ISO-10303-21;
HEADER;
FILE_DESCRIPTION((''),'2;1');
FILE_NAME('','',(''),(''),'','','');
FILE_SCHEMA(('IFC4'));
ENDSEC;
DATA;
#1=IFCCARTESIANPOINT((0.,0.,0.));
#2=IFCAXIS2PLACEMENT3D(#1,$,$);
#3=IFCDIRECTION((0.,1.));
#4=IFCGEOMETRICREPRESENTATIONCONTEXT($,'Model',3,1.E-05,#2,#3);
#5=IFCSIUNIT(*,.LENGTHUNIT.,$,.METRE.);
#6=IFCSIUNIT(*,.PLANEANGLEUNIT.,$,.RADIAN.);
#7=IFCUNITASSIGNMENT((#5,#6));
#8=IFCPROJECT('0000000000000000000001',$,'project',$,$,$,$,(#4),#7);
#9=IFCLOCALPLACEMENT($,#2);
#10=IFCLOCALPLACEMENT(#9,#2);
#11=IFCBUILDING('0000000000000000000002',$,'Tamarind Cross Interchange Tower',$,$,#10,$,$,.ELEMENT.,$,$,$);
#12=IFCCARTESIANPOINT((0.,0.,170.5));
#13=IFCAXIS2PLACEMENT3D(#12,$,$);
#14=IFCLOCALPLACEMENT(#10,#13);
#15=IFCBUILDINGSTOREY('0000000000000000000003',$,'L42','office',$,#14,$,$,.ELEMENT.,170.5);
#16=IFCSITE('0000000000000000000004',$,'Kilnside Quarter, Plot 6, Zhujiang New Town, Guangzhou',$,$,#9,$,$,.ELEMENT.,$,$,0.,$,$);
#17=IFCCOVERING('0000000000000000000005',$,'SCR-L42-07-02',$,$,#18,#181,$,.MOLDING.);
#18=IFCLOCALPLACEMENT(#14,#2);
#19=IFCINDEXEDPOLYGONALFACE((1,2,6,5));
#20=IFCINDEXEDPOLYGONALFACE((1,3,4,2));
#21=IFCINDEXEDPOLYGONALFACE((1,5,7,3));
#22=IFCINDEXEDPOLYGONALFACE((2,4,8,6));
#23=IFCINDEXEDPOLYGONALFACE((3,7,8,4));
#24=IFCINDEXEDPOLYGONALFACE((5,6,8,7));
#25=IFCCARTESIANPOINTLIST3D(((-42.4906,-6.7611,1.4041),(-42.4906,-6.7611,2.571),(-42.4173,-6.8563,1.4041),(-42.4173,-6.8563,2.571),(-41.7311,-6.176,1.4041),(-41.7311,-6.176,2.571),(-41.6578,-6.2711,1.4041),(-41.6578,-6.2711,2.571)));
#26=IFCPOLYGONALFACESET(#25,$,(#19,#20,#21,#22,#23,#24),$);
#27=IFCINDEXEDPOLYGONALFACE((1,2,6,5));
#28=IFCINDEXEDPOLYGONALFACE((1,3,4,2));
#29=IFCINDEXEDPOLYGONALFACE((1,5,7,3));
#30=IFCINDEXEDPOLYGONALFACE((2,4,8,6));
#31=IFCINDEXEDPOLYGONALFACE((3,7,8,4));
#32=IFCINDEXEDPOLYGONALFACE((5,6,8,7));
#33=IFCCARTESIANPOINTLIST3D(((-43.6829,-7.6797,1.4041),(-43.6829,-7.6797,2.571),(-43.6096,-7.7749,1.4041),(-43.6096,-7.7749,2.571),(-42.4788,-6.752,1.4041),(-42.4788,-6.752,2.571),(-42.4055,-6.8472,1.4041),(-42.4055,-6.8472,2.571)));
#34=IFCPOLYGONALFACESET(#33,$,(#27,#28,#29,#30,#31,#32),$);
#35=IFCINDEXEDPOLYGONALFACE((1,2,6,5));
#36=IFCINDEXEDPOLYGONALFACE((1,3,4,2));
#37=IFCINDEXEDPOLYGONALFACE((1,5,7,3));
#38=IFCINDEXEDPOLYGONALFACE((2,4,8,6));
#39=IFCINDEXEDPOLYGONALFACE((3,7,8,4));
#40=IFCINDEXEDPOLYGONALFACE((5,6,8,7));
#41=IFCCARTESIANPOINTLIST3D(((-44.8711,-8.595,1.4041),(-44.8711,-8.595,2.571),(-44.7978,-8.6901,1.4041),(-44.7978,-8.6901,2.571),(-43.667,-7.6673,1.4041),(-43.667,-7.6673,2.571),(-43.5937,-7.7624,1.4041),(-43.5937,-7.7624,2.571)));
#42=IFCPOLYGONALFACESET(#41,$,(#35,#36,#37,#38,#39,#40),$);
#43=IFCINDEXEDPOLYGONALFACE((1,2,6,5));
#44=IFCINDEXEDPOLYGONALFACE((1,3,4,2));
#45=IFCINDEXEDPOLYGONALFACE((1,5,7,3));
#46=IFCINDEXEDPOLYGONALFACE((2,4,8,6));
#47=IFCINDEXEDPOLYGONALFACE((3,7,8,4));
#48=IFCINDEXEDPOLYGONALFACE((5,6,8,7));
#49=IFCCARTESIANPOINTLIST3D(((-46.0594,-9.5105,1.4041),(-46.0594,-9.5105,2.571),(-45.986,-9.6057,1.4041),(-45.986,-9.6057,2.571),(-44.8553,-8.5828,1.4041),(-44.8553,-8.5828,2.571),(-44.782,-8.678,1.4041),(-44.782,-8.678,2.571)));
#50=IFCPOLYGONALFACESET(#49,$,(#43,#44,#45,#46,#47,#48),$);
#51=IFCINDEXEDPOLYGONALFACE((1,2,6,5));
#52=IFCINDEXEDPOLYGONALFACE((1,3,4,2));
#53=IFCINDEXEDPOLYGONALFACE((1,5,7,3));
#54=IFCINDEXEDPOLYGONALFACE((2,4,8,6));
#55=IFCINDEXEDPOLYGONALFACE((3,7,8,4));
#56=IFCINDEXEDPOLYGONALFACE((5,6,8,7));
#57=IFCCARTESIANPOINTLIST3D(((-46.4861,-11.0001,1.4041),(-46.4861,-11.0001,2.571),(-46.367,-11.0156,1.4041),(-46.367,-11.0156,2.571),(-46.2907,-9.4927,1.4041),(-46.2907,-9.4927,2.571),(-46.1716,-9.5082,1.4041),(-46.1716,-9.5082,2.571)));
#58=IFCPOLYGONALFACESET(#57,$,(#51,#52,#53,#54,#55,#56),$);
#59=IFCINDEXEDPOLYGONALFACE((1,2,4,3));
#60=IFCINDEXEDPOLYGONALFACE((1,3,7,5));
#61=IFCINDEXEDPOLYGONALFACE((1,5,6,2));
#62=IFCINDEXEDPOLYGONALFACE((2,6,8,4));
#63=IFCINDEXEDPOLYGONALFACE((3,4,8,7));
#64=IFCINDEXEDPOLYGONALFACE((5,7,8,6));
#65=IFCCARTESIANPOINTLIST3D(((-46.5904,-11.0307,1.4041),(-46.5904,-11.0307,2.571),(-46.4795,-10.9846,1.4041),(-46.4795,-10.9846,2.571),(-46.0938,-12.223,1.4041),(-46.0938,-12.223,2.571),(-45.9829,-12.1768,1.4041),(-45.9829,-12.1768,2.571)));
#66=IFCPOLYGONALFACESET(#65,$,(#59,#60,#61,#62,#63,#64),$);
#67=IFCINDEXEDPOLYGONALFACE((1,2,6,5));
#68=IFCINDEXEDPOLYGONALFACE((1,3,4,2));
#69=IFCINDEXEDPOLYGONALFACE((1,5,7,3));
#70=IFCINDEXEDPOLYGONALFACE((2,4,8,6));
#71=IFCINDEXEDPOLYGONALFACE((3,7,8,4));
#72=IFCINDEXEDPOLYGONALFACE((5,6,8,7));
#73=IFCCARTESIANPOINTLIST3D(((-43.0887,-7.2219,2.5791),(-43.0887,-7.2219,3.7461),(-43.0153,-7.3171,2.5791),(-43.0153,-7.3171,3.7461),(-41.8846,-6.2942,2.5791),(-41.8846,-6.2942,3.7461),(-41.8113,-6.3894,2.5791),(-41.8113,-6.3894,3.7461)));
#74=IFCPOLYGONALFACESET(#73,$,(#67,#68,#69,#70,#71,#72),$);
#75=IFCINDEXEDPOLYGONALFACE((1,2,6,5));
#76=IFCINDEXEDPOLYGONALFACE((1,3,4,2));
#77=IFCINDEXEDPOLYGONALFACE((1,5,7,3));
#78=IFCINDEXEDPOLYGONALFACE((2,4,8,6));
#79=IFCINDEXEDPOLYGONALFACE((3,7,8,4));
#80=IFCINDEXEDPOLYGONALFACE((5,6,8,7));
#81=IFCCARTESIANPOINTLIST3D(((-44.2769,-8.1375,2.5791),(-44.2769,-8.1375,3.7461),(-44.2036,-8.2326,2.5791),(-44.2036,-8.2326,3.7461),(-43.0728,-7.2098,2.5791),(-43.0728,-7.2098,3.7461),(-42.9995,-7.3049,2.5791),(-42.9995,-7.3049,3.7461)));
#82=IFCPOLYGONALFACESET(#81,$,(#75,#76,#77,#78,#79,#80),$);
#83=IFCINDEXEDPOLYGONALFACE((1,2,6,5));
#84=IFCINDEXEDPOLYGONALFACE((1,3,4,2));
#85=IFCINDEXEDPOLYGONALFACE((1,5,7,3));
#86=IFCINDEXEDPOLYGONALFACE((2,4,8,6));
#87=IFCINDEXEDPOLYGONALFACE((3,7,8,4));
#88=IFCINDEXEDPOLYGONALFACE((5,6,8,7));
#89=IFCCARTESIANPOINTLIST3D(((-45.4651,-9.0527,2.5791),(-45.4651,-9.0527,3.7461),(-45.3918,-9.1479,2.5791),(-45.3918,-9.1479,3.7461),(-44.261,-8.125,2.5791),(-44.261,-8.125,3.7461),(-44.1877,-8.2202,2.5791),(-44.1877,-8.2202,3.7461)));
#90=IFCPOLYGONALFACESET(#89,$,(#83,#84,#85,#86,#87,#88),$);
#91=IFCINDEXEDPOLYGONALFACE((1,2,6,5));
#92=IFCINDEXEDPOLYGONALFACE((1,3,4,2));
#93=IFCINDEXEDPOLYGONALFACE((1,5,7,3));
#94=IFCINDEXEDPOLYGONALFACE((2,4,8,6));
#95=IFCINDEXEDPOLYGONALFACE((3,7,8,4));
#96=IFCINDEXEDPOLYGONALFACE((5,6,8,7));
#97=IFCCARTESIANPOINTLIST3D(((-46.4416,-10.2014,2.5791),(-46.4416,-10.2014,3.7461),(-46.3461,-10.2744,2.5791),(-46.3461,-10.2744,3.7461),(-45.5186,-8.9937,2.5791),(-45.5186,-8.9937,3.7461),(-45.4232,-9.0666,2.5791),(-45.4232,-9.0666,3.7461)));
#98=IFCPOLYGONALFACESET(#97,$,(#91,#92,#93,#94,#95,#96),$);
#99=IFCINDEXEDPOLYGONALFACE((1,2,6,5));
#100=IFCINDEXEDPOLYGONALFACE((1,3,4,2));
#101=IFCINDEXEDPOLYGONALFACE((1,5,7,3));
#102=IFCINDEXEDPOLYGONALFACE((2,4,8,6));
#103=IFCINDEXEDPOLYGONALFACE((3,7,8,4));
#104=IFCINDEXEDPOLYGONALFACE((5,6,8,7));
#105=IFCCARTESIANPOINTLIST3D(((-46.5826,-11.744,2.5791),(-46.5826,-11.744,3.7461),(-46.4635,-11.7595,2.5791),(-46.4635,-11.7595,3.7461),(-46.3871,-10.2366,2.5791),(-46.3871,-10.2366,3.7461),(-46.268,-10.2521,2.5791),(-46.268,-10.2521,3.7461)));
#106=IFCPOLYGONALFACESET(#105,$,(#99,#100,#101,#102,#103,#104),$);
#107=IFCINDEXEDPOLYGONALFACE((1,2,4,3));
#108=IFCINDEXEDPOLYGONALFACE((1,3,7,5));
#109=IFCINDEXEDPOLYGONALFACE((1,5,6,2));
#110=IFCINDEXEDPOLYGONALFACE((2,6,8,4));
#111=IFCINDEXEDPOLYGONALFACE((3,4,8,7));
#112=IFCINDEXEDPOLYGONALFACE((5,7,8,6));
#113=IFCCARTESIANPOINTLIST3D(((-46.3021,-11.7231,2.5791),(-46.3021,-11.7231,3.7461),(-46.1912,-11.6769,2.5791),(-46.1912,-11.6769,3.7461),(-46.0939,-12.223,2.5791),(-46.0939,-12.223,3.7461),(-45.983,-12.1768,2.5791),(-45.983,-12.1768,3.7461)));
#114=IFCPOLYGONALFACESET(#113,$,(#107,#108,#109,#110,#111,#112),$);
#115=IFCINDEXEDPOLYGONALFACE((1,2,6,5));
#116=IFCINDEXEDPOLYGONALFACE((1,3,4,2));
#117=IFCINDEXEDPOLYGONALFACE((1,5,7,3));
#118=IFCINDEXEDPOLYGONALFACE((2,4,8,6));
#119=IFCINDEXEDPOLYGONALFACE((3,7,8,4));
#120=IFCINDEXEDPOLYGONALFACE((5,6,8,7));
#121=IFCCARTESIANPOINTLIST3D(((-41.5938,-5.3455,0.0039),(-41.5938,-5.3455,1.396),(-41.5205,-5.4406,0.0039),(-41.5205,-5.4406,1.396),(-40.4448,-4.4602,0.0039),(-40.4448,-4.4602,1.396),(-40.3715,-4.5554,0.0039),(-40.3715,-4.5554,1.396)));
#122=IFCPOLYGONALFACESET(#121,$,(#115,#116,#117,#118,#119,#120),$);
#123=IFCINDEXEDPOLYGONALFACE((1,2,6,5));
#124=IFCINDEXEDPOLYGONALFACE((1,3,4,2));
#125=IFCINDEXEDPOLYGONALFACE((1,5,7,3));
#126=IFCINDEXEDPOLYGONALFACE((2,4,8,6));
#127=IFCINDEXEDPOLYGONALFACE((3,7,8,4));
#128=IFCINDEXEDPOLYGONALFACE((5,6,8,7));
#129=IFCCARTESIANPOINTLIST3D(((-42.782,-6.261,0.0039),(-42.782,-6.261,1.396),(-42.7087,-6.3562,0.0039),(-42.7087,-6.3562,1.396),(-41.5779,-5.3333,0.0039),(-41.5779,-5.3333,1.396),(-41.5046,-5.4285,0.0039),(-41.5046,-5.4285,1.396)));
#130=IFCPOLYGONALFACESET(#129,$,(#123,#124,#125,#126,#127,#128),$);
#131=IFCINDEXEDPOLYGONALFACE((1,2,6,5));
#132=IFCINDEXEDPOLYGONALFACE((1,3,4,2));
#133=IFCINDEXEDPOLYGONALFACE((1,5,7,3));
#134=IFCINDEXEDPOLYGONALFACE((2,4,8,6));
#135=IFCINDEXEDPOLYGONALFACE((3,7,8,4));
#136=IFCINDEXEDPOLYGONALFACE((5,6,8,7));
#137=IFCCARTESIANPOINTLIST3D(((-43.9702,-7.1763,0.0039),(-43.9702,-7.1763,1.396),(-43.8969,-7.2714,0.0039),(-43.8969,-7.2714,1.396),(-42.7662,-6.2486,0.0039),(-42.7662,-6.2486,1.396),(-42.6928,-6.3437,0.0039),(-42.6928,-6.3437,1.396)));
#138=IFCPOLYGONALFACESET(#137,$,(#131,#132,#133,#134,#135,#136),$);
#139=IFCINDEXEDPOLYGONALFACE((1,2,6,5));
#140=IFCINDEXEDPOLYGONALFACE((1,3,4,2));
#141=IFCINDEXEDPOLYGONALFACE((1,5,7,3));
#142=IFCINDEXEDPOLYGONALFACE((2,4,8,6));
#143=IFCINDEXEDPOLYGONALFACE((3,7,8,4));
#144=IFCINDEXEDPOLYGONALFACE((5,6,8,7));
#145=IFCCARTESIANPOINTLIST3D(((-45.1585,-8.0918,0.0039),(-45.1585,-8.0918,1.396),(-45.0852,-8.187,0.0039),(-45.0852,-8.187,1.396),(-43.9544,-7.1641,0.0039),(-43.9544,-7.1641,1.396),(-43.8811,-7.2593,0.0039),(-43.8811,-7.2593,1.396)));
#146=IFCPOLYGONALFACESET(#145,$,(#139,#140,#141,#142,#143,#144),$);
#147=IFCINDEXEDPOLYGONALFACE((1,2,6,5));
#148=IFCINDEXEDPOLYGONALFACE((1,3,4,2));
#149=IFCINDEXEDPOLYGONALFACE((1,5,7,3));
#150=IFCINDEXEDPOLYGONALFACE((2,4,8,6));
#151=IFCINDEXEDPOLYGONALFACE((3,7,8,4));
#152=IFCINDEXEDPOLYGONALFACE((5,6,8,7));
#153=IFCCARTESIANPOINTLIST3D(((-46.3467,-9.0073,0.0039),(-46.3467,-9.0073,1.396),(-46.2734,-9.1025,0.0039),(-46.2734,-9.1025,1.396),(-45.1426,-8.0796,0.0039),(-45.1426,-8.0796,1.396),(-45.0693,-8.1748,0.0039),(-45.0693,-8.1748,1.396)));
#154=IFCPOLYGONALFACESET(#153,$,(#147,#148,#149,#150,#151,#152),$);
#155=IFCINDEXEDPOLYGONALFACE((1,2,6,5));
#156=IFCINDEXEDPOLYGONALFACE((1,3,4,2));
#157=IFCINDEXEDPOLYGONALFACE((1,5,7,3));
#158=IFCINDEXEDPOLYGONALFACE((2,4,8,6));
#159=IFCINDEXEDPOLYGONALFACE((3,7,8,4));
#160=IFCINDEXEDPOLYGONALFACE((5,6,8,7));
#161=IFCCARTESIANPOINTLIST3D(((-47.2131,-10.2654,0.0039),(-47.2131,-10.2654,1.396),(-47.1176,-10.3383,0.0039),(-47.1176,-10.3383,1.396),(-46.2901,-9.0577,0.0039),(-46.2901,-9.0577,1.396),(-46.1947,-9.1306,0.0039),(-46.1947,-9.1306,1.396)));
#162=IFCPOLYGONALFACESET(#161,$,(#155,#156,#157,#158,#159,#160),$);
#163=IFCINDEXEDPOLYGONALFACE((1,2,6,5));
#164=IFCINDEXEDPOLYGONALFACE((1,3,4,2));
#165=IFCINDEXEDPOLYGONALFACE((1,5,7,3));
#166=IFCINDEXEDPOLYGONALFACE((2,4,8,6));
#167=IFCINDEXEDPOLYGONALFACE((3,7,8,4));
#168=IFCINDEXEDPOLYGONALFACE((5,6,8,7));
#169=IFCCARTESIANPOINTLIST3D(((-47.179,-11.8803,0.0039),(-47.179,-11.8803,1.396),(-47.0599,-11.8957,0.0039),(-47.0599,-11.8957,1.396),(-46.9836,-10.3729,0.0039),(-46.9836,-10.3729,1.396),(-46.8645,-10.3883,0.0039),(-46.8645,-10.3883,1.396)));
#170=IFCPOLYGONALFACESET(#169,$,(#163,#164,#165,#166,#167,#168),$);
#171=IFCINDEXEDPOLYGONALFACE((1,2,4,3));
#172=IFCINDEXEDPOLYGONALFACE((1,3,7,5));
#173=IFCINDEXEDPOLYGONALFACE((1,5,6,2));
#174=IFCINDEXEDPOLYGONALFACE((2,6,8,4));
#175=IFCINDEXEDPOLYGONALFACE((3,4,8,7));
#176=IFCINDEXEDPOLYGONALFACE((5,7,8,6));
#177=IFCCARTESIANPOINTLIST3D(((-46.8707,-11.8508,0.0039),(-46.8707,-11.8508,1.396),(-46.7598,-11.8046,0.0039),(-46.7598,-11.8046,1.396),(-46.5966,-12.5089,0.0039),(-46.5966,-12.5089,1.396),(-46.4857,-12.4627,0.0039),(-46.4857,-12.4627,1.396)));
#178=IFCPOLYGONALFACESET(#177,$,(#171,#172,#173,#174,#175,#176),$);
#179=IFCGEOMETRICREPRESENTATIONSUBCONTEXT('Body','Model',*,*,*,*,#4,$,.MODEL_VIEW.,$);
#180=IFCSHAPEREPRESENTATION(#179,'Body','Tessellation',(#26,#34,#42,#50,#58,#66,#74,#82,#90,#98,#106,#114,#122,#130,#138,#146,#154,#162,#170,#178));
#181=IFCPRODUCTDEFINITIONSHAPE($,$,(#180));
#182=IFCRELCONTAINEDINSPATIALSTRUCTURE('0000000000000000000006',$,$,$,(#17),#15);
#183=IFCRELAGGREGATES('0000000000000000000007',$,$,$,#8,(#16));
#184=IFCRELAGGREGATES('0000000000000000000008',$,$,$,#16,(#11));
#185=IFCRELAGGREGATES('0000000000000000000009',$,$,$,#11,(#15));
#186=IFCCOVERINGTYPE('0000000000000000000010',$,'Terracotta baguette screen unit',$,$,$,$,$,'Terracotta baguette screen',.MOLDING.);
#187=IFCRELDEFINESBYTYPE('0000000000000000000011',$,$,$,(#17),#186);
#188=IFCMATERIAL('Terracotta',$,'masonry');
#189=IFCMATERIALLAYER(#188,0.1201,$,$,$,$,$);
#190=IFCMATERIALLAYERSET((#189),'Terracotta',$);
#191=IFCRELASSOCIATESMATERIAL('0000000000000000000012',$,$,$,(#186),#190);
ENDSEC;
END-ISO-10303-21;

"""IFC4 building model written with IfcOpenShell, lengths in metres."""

from ifc_helpers import new_model, si_unit, direction, frame, origin, origin_2d, place, context, subcontext, project, spatial, rectangle, extrude, material, layer, layer_set, type_object, element, save


model = new_model("IFC4")

# Units and contexts
model_context = context("Model", 3, precision=1e-05, world=origin(), true_north=direction((0.0, 1.0)))
body_context = subcontext(model_context, "Body", "Model", "MODEL_VIEW")
ifc_project = project(units=[si_unit("LENGTHUNIT", "METRE"), si_unit("PLANEANGLEUNIT", "RADIAN")], contexts=[model_context])

# Site, building, storey
site_placement = place(None, origin())
site = spatial("IfcSite", under=ifc_project, at=site_placement, Name="Kilnside Quarter, Plot 6, Zhujiang New Town, Guangzhou", CompositionType="ELEMENT", RefElevation=0.0)
building_placement = place(site_placement, origin())
building = spatial("IfcBuilding", under=site, at=building_placement, Name="Tamarind Cross Interchange Tower", CompositionType="ELEMENT")
storey_placement = place(building_placement, frame((0.0, 0.0, 170.5)))
storey = spatial("IfcBuildingStorey", under=building, at=storey_placement, Name="L42", Description="office", CompositionType="ELEMENT", Elevation=170.5)

# Covering
ifc_material_1 = material(Name="Terracotta", Category="masonry")
ifc_layer_1 = layer(ifc_material_1, 0.1201)
ifc_layer_set_1 = layer_set([ifc_layer_1], Name="Terracotta")
covering_type = type_object("IfcCoveringType", Name="Terracotta baguette screen unit", ElementType="Terracotta baguette screen", PredefinedType="MOLDING", material=ifc_layer_set_1)
covering_1_placement = place(storey_placement, origin())
element("IfcCovering", 1, at=covering_1_placement, inside=storey, type_object=covering_type, Name="SCR-L42-07-02", PredefinedType="MOLDING", context=body_context, shape_type="SweptSolid", body=[
    extrude(rectangle(XDim=0.9587, YDim=0.1201, at=origin_2d()), frame((-42.0742, -6.5161, 1.4041), z_axis=(0.0, 0.0, 1.0), x_axis=(-0.792153, -0.610322, 0.0)), (0.0, 0.0, 1.0), 1.167),
    extrude(rectangle(XDim=1.52, YDim=0.1201, at=origin_2d()), frame((-43.0442, -7.2634, 1.4041), z_axis=(0.0, 0.0, 1.0), x_axis=(-0.792153, -0.610322, 0.0)), (0.0, 0.0, 1.0), 1.167),
    extrude(rectangle(XDim=1.52, YDim=0.1201, at=origin_2d()), frame((-44.2324, -8.1787, 1.4041), z_axis=(0.0, 0.0, 1.0), x_axis=(-0.792153, -0.610322, 0.0)), (0.0, 0.0, 1.0), 1.167),
    extrude(rectangle(XDim=1.52, YDim=0.1201, at=origin_2d()), frame((-45.4207, -9.0942, 1.4041), z_axis=(0.0, 0.0, 1.0), x_axis=(-0.792153, -0.610322, 0.0)), (0.0, 0.0, 1.0), 1.167),
    extrude(rectangle(XDim=1.52, YDim=0.1201, at=origin_2d()), frame((-46.3289, -10.2542, 1.4041), z_axis=(0.0, 0.0, 1.0), x_axis=(-0.128574, -0.9917, 0.0)), (0.0, 0.0, 1.0), 1.167),
    extrude(rectangle(XDim=1.2915, YDim=0.1201, at=origin_2d()), frame((-46.2866, -11.6038, 1.4041), z_axis=(0.0, 0.0, 1.0), x_axis=(0.384502, -0.923124, 0.0)), (0.0, 0.0, 1.0), 1.167),
    extrude(rectangle(XDim=1.52, YDim=0.1201, at=origin_2d()), frame((-42.45, -6.8057, 2.5791), z_axis=(0.0, 0.0, 1.0), x_axis=(-0.792153, -0.610322, 0.0)), (0.0, 0.0, 1.0), 1.167),
    extrude(rectangle(XDim=1.52, YDim=0.1201, at=origin_2d()), frame((-43.6382, -7.7212, 2.5791), z_axis=(0.0, 0.0, 1.0), x_axis=(-0.792153, -0.610322, 0.0)), (0.0, 0.0, 1.0), 1.167),
    extrude(rectangle(XDim=1.52, YDim=0.1201, at=origin_2d()), frame((-44.8264, -8.6365, 2.5791), z_axis=(0.0, 0.0, 1.0), x_axis=(-0.792153, -0.610322, 0.0)), (0.0, 0.0, 1.0), 1.167),
    extrude(rectangle(XDim=1.52, YDim=0.1201, at=origin_2d()), frame((-45.9324, -9.634, 2.5791), z_axis=(0.0, 0.0, 1.0), x_axis=(-0.607198, -0.79455, 0.0)), (0.0, 0.0, 1.0), 1.167),
    extrude(rectangle(XDim=1.52, YDim=0.1201, at=origin_2d()), frame((-46.4253, -10.998, 2.5791), z_axis=(0.0, 0.0, 1.0), x_axis=(-0.128574, -0.9917, 0.0)), (0.0, 0.0, 1.0), 1.167),
    extrude(rectangle(XDim=0.5415, YDim=0.1201, at=origin_2d()), frame((-46.1426, -11.95, 2.5791), z_axis=(0.0, 0.0, 1.0), x_axis=(0.384502, -0.923124, 0.0)), (0.0, 0.0, 1.0), 1.167),
    extrude(rectangle(XDim=1.4504, YDim=0.1201, at=origin_2d()), frame((-40.9827, -4.9504, 0.0039), z_axis=(0.0, 0.0, 1.0), x_axis=(-0.792153, -0.610322, 0.0)), (0.0, 0.0, 1.0), 1.3921),
    extrude(rectangle(XDim=1.52, YDim=0.1201, at=origin_2d()), frame((-42.1433, -5.8447, 0.0039), z_axis=(0.0, 0.0, 1.0), x_axis=(-0.792153, -0.610322, 0.0)), (0.0, 0.0, 1.0), 1.3921),
    extrude(rectangle(XDim=1.52, YDim=0.1201, at=origin_2d()), frame((-43.3315, -6.76, 0.0039), z_axis=(0.0, 0.0, 1.0), x_axis=(-0.792153, -0.610322, 0.0)), (0.0, 0.0, 1.0), 1.3921),
    extrude(rectangle(XDim=1.52, YDim=0.1201, at=origin_2d()), frame((-44.5198, -7.6755, 0.0039), z_axis=(0.0, 0.0, 1.0), x_axis=(-0.792153, -0.610322, 0.0)), (0.0, 0.0, 1.0), 1.3921),
    extrude(rectangle(XDim=1.52, YDim=0.1201, at=origin_2d()), frame((-45.708, -8.5911, 0.0039), z_axis=(0.0, 0.0, 1.0), x_axis=(-0.792153, -0.610322, 0.0)), (0.0, 0.0, 1.0), 1.3921),
    extrude(rectangle(XDim=1.52, YDim=0.1201, at=origin_2d()), frame((-46.7039, -9.698, 0.0039), z_axis=(0.0, 0.0, 1.0), x_axis=(-0.607198, -0.79455, 0.0)), (0.0, 0.0, 1.0), 1.3921),
    extrude(rectangle(XDim=1.52, YDim=0.1201, at=origin_2d()), frame((-47.0217, -11.1343, 0.0039), z_axis=(0.0, 0.0, 1.0), x_axis=(-0.128574, -0.9917, 0.0)), (0.0, 0.0, 1.0), 1.3921),
    extrude(rectangle(XDim=0.7129, YDim=0.1201, at=origin_2d()), frame((-46.6782, -12.1567, 0.0039), z_axis=(0.0, 0.0, 1.0), x_axis=(0.384502, -0.923124, 0.0)), (0.0, 0.0, 1.0), 1.3921),
])

save(model, "model.ifc")
